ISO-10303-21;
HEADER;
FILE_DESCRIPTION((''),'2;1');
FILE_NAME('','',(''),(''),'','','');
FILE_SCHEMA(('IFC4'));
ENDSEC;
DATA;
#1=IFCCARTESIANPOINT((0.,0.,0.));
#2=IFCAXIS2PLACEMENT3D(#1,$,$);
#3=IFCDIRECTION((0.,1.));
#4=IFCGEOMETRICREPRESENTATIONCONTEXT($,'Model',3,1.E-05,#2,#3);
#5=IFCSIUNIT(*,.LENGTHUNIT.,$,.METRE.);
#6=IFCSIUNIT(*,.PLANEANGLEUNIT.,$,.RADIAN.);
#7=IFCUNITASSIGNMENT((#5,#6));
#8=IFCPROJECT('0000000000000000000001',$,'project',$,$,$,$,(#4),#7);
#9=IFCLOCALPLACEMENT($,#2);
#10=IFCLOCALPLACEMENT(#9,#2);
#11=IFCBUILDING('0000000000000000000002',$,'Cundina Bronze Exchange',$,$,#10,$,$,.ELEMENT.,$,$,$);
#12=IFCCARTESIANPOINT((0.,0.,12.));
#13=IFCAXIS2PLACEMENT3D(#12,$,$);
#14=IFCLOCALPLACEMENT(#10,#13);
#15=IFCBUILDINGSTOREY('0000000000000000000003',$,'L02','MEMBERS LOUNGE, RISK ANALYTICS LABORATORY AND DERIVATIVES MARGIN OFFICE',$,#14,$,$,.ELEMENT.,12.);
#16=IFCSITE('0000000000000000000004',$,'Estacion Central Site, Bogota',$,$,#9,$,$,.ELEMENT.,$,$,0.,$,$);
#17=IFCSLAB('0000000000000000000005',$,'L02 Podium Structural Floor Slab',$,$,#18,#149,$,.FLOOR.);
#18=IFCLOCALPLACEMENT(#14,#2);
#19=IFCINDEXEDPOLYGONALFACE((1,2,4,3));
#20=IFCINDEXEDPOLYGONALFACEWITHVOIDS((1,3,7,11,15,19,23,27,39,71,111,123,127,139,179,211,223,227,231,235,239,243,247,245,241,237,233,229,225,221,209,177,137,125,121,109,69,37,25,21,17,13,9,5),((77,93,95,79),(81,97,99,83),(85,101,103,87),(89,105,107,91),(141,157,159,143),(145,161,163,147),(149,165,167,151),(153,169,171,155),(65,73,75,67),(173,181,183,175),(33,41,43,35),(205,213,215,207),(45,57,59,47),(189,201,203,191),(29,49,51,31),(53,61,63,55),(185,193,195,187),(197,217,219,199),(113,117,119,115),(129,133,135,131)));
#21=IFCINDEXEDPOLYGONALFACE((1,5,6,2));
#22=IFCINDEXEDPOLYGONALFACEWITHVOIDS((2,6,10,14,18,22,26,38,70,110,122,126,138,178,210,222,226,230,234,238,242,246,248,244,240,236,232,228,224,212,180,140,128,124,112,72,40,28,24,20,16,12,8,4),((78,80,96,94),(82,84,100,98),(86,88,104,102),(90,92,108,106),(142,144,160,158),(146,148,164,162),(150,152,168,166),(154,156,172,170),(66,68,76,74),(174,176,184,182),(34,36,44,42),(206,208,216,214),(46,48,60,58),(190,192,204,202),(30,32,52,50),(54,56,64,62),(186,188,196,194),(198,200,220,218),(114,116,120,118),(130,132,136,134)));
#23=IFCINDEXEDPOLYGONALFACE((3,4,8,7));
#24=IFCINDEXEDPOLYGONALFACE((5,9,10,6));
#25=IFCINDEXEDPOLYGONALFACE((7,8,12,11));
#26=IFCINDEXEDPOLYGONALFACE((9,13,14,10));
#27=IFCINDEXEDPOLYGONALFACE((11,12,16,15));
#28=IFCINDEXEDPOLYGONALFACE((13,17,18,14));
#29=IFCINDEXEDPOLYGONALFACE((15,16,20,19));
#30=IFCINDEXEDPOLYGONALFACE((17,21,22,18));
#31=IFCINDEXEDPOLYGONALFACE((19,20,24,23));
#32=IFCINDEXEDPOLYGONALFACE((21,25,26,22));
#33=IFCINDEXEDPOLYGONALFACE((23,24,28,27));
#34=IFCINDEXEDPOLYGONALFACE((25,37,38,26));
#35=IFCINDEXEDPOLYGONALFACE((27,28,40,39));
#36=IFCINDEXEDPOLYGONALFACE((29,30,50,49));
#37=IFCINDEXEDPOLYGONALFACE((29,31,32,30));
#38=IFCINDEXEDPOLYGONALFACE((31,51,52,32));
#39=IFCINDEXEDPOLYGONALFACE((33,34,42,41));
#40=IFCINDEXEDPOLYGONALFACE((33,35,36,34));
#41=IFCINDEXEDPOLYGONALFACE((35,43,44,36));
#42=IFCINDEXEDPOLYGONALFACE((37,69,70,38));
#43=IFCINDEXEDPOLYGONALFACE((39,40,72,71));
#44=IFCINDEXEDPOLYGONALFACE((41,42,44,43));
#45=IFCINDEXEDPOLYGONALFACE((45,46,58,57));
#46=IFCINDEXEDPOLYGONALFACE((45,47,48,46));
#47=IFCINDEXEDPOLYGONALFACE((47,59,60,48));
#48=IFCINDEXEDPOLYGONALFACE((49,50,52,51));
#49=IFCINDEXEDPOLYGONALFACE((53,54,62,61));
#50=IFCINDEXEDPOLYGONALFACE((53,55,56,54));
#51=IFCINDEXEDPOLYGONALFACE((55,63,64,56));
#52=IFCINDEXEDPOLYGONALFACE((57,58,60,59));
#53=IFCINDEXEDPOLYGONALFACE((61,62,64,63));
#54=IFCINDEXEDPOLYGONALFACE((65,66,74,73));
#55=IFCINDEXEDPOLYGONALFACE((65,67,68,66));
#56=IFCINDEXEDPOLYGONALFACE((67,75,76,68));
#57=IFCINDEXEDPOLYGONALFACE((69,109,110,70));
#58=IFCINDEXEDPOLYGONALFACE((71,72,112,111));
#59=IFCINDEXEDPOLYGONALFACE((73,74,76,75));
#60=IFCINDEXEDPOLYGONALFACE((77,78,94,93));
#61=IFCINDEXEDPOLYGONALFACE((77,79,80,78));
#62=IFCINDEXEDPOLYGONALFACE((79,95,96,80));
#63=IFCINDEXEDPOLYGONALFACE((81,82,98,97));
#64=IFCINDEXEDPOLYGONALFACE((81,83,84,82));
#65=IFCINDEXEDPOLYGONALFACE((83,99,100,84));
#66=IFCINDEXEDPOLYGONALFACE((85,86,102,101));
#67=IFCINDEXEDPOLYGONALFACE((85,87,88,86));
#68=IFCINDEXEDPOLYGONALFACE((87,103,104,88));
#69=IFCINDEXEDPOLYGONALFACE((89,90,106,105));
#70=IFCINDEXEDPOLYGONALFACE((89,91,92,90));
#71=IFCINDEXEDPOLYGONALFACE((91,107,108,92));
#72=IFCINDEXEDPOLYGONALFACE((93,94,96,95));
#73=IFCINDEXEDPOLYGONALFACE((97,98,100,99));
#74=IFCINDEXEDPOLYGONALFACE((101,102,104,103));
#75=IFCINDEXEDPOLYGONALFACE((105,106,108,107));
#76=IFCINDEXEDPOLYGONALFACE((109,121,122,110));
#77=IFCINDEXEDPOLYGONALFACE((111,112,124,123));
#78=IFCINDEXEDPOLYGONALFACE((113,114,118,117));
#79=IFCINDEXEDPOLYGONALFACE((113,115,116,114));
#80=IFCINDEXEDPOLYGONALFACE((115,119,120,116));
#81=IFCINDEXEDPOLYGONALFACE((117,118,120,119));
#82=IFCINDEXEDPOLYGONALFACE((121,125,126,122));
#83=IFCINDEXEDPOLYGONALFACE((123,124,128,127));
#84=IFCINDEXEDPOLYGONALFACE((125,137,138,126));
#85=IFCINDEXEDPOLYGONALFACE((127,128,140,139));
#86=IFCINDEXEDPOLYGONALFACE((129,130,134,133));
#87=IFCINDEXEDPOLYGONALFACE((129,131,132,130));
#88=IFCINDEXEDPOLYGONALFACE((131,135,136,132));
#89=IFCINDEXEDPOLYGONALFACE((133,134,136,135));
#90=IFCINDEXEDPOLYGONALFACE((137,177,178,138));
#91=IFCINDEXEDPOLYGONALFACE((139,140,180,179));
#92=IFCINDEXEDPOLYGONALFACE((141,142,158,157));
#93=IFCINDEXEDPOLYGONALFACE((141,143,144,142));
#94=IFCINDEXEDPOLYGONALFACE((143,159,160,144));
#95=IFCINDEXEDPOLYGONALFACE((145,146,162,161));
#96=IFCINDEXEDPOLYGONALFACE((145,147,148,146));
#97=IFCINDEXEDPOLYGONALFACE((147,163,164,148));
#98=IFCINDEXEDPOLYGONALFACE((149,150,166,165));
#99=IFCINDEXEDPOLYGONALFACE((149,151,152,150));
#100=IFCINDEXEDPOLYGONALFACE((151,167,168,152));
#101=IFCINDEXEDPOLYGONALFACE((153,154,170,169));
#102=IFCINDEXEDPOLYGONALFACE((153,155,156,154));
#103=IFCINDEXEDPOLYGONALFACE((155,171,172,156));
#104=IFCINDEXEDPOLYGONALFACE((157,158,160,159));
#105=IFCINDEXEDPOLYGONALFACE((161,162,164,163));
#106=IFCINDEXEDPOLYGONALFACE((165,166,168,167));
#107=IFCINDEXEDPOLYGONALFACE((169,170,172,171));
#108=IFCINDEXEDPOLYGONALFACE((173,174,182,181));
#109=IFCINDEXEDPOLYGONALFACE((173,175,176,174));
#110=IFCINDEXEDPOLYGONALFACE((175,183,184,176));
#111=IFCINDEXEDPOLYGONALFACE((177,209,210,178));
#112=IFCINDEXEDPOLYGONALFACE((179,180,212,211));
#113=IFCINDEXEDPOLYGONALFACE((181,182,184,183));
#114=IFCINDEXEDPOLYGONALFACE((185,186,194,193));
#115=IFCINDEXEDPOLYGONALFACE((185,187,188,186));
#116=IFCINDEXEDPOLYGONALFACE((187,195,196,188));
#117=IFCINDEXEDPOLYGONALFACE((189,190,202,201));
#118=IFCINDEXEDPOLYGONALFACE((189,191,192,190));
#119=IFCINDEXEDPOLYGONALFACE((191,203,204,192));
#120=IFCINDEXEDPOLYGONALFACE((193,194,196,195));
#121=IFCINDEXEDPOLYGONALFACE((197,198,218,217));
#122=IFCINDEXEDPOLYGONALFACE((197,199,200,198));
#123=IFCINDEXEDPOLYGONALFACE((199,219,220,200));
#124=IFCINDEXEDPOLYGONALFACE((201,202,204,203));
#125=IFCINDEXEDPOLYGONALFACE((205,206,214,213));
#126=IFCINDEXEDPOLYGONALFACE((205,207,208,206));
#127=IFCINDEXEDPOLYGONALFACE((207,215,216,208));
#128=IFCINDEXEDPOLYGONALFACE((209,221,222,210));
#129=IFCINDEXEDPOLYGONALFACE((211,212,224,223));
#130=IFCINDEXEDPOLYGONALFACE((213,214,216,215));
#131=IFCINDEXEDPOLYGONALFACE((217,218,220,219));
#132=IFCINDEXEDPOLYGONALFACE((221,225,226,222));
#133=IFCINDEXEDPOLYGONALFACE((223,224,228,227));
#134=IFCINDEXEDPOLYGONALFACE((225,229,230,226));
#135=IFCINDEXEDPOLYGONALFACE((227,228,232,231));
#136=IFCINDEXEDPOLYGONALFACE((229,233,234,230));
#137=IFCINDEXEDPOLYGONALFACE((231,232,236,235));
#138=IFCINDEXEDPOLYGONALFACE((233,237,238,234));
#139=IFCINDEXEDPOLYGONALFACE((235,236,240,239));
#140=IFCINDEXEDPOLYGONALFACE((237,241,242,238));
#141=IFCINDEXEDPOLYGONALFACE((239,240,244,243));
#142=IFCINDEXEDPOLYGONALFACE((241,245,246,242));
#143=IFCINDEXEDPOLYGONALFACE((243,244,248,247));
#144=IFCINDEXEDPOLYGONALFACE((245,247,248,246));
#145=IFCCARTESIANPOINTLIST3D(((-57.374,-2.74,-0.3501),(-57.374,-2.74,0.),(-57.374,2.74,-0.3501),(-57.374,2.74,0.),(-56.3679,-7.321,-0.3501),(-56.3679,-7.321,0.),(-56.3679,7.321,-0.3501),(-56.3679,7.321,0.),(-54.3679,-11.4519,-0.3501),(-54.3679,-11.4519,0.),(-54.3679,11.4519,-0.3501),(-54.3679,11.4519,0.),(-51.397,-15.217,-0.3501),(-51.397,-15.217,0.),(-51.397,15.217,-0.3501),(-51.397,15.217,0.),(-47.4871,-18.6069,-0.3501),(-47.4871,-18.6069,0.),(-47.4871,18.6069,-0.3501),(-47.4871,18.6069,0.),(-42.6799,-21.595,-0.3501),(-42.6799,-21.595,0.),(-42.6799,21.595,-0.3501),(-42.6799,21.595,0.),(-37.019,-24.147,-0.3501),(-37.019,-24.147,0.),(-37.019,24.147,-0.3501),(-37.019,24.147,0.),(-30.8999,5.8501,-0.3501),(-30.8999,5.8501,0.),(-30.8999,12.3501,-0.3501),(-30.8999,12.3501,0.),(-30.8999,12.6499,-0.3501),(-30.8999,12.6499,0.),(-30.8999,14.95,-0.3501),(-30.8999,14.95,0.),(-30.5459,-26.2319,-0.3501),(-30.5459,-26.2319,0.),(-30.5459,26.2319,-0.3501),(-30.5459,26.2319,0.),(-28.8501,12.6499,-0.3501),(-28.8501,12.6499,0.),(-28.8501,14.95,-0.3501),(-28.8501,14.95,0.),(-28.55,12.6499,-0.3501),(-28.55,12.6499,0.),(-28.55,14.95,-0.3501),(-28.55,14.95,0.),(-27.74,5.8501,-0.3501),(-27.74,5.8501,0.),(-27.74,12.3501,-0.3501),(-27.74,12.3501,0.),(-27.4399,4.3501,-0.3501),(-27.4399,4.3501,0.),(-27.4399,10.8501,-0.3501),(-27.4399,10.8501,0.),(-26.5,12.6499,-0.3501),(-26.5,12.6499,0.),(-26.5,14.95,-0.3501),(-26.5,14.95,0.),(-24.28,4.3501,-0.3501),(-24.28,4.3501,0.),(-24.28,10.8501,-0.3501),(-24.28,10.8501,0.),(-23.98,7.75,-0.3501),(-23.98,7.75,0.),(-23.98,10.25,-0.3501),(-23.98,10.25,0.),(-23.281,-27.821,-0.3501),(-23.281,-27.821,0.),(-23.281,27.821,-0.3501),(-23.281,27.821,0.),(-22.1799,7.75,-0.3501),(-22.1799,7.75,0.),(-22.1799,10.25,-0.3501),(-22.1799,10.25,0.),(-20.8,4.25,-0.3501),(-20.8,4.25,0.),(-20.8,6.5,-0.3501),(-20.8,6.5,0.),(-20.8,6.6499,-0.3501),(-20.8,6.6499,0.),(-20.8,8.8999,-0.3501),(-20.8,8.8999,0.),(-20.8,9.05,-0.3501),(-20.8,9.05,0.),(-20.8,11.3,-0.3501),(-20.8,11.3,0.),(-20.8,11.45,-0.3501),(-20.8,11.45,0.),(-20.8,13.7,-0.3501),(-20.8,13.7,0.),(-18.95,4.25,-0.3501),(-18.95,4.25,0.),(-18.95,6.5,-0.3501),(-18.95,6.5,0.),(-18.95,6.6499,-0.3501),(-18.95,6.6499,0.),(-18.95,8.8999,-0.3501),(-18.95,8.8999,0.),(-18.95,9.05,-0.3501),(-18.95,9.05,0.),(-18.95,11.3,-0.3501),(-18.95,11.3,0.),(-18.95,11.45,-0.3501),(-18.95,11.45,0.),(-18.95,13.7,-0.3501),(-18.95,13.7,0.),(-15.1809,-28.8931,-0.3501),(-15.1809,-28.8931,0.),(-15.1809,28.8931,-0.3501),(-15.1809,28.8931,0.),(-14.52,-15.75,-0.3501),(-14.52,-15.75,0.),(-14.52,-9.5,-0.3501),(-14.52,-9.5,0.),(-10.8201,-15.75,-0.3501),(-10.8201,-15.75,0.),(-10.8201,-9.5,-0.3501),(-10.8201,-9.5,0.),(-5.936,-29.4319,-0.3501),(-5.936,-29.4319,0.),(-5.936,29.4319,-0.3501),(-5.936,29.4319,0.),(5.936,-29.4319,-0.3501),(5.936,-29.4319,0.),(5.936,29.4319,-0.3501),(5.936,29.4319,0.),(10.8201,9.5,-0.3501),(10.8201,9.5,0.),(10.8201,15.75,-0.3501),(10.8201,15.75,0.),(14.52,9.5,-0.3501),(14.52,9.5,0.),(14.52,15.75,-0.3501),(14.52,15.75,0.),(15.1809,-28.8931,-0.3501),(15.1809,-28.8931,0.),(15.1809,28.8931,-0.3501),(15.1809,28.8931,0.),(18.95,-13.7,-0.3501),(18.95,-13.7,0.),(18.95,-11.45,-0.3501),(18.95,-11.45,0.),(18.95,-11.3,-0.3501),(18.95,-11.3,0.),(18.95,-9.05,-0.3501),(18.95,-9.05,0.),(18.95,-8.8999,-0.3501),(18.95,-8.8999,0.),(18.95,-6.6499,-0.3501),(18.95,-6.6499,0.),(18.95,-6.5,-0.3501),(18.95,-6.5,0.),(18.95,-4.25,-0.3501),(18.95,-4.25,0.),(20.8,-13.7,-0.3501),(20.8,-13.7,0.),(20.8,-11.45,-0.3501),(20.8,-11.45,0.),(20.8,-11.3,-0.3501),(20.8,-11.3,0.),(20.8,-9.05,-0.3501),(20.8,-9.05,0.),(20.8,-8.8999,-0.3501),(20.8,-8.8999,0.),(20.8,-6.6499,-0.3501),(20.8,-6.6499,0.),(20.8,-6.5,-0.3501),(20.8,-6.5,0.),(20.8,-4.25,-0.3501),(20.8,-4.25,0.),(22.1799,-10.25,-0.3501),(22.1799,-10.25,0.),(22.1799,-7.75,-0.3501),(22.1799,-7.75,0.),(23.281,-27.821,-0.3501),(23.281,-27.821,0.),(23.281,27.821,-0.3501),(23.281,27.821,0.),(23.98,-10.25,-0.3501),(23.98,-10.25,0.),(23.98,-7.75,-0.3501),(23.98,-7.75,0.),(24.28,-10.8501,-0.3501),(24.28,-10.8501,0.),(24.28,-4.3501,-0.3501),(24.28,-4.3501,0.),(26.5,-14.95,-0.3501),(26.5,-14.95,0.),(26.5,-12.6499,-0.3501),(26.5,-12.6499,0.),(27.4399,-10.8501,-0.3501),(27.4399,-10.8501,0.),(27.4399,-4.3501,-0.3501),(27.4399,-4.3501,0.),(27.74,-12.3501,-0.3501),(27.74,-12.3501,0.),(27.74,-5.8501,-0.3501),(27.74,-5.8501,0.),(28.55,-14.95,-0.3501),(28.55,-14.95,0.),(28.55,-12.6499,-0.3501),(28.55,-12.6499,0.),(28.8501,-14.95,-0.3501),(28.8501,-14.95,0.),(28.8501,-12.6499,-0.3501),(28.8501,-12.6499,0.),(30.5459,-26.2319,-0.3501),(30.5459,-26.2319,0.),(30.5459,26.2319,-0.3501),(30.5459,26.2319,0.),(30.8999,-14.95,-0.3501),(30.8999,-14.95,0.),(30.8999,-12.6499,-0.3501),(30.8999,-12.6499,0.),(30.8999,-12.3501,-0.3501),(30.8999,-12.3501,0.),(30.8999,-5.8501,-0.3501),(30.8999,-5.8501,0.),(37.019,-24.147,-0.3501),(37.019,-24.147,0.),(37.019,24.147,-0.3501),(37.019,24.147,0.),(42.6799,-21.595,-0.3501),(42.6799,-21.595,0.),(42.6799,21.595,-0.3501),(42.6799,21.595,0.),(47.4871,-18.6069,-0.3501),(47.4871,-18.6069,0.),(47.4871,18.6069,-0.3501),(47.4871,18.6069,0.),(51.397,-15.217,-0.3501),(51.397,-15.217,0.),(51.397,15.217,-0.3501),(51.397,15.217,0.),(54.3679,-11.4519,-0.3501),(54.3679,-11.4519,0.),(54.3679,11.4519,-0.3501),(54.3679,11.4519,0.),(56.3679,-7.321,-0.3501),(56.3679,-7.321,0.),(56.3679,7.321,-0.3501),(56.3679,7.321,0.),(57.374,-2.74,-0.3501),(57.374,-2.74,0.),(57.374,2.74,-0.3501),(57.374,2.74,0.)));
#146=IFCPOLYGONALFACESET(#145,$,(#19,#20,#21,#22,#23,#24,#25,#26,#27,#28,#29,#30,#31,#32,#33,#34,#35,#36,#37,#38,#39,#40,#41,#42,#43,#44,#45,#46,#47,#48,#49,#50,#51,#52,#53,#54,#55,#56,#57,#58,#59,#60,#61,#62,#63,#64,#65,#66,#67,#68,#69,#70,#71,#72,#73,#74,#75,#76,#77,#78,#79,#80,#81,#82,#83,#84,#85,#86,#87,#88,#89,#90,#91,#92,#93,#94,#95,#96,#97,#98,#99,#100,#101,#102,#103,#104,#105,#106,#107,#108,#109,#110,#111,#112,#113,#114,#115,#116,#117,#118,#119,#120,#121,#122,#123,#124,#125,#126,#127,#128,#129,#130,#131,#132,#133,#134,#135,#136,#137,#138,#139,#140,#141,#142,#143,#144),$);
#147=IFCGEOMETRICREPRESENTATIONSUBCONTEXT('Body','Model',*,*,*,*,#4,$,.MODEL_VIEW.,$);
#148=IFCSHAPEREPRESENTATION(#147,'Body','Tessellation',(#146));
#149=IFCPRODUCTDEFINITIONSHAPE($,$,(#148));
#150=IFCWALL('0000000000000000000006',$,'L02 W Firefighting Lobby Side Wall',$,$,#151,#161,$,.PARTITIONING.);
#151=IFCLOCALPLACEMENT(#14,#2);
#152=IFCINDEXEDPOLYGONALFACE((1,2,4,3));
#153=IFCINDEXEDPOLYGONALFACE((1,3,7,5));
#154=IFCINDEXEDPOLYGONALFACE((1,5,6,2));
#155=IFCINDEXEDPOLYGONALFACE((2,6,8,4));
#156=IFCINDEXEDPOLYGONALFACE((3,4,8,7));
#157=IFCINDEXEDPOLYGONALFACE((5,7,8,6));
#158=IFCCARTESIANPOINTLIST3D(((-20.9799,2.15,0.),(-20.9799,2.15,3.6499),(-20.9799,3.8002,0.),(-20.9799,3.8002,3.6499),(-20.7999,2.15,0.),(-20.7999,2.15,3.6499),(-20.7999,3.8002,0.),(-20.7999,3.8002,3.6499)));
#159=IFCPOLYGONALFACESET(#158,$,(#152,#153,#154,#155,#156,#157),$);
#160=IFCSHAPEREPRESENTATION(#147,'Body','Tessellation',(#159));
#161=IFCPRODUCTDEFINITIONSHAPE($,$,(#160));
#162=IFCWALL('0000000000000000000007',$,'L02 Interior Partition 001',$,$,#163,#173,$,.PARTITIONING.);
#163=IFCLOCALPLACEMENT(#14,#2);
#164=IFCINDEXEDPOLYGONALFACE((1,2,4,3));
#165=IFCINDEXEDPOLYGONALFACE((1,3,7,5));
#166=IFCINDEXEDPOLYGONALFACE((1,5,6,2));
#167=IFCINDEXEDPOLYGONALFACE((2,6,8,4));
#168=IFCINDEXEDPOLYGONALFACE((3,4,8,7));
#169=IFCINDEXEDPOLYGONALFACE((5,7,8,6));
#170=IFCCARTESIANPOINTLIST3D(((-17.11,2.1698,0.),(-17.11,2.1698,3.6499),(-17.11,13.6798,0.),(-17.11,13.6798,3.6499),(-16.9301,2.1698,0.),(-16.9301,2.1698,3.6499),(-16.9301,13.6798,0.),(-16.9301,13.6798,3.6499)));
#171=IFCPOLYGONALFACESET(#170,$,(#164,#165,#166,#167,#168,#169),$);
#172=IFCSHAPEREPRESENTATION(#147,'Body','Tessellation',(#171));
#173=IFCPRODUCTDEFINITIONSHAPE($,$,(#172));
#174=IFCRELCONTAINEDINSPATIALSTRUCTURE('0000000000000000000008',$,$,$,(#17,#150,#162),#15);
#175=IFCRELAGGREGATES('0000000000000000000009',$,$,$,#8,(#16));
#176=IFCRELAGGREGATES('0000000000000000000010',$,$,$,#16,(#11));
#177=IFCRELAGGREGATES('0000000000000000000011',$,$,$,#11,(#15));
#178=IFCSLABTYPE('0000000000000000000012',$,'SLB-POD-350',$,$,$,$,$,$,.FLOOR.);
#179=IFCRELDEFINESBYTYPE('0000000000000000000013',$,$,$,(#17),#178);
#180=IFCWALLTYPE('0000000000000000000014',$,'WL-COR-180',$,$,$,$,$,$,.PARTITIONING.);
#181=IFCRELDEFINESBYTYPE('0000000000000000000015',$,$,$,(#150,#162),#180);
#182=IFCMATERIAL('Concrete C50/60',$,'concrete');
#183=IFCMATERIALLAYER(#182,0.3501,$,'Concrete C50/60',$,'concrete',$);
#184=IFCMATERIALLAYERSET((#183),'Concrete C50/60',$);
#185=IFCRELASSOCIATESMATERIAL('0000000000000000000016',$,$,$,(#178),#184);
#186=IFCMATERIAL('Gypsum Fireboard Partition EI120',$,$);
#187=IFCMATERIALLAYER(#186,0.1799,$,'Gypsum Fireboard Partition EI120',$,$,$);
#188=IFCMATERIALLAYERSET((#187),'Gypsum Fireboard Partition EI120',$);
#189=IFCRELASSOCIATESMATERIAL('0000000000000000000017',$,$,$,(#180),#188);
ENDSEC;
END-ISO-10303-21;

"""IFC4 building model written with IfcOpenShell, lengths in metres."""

from ifc_helpers import new_model, si_unit, direction, frame, frame_2d, origin, place, context, subcontext, project, spatial, polyline, rectangle, outline, extrude, material, layer, layer_set, type_object, element, save


model = new_model("IFC4")

# Units and contexts
model_context = context("Model", 3, precision=1e-05, world=origin(), true_north=direction((0.0, 1.0)))
body_context = subcontext(model_context, "Body", "Model", "MODEL_VIEW")
ifc_project = project(units=[si_unit("LENGTHUNIT", "METRE"), si_unit("PLANEANGLEUNIT", "RADIAN")], contexts=[model_context])

# Site, building, storey
site_placement = place(None, origin())
site = spatial("IfcSite", under=ifc_project, at=site_placement, Name="Estacion Central Site, Bogota", CompositionType="ELEMENT", RefElevation=0.0)
building_placement = place(site_placement, origin())
building = spatial("IfcBuilding", under=site, at=building_placement, Name="Cundina Bronze Exchange", CompositionType="ELEMENT")
storey_placement = place(building_placement, frame((0.0, 0.0, 12.0)))
storey = spatial("IfcBuildingStorey", under=building, at=storey_placement, Name="L02", Description="MEMBERS LOUNGE, RISK ANALYTICS LABORATORY AND DERIVATIVES MARGIN OFFICE", CompositionType="ELEMENT", Elevation=12.0)

# Slab
ifc_material_1 = material(Name="Concrete C50/60", Category="concrete")
ifc_layer_1 = layer(ifc_material_1, 0.3501, Name="Concrete C50/60", Category="concrete")
ifc_layer_set_1 = layer_set([ifc_layer_1], Name="Concrete C50/60")
slab_type = type_object("IfcSlabType", Name="SLB-POD-350", PredefinedType="FLOOR", material=ifc_layer_set_1)
slab_placement = place(storey_placement, frame((0.0, 0.0, -0.3501)))
element("IfcSlab", 1, at=slab_placement, inside=storey, type_object=slab_type, Name="L02 Podium Structural Floor Slab", PredefinedType="FLOOR", context=body_context, shape_type="SweptSolid", body=[
    extrude(outline(polyline([(57.374, 2.74), (56.3679, 7.321), (54.3679, 11.4519), (51.397, 15.217), (47.4871, 18.6069), (42.6799, 21.595), (37.019, 24.147), (30.5459, 26.2319), (23.281, 27.821), (15.1809, 28.8931), (5.936, 29.4319), (-5.936, 29.4319), (-15.1809, 28.8931), (-23.281, 27.821), (-30.5459, 26.2319), (-37.019, 24.147), (-42.6799, 21.595), (-47.4871, 18.6069), (-51.397, 15.217), (-54.3679, 11.4519), (-56.3679, 7.321), (-57.374, 2.74), (-57.374, -2.74), (-56.3679, -7.321), (-54.3679, -11.4519), (-51.397, -15.217), (-47.4871, -18.6069), (-42.6799, -21.595), (-37.019, -24.147), (-30.5459, -26.2319), (-23.281, -27.821), (-15.1809, -28.8931), (-5.936, -29.4319), (5.936, -29.4319), (15.1809, -28.8931), (23.281, -27.821), (30.5459, -26.2319), (37.019, -24.147), (42.6799, -21.595), (47.4871, -18.6069), (51.397, -15.217), (54.3679, -11.4519), (56.3679, -7.321), (57.374, -2.74), (57.374, 2.74)]), holes=[polyline([(-27.74, 5.8501), (-27.74, 12.3501), (-30.8999, 12.3501), (-30.8999, 5.8501), (-27.74, 5.8501)]), polyline([(-27.4399, 10.8501), (-27.4399, 4.3501), (-24.28, 4.3501), (-24.28, 10.8501), (-27.4399, 10.8501)]), polyline([(27.74, -5.8501), (27.74, -12.3501), (30.8999, -12.3501), (30.8999, -5.8501), (27.74, -5.8501)]), polyline([(27.4399, -10.8501), (27.4399, -4.3501), (24.28, -4.3501), (24.28, -10.8501), (27.4399, -10.8501)]), polyline([(-10.8201, -15.75), (-10.8201, -9.5), (-14.52, -9.5), (-14.52, -15.75), (-10.8201, -15.75)]), polyline([(10.8201, 15.75), (10.8201, 9.5), (14.52, 9.5), (14.52, 15.75), (10.8201, 15.75)]), polyline([(-23.98, 10.25), (-22.1799, 10.25), (-22.1799, 7.75), (-23.98, 7.75), (-23.98, 10.25)]), polyline([(-30.8999, 14.95), (-28.8501, 14.95), (-28.8501, 12.6499), (-30.8999, 12.6499), (-30.8999, 14.95)]), polyline([(-28.55, 14.95), (-26.5, 14.95), (-26.5, 12.6499), (-28.55, 12.6499), (-28.55, 14.95)]), polyline([(-20.8, 13.7), (-18.95, 13.7), (-18.95, 11.45), (-20.8, 11.45), (-20.8, 13.7)]), polyline([(-20.8, 11.3), (-18.95, 11.3), (-18.95, 9.05), (-20.8, 9.05), (-20.8, 11.3)]), polyline([(-20.8, 8.8999), (-18.95, 8.8999), (-18.95, 6.6499), (-20.8, 6.6499), (-20.8, 8.8999)]), polyline([(-20.8, 6.5), (-18.95, 6.5), (-18.95, 4.25), (-20.8, 4.25), (-20.8, 6.5)]), polyline([(22.1799, -7.75), (23.98, -7.75), (23.98, -10.25), (22.1799, -10.25), (22.1799, -7.75)]), polyline([(28.8501, -12.6499), (30.8999, -12.6499), (30.8999, -14.95), (28.8501, -14.95), (28.8501, -12.6499)]), polyline([(26.5, -12.6499), (28.55, -12.6499), (28.55, -14.95), (26.5, -14.95), (26.5, -12.6499)]), polyline([(18.95, -11.45), (20.8, -11.45), (20.8, -13.7), (18.95, -13.7), (18.95, -11.45)]), polyline([(18.95, -9.05), (20.8, -9.05), (20.8, -11.3), (18.95, -11.3), (18.95, -9.05)]), polyline([(18.95, -6.6499), (20.8, -6.6499), (20.8, -8.8999), (18.95, -8.8999), (18.95, -6.6499)]), polyline([(18.95, -4.25), (20.8, -4.25), (20.8, -6.5), (18.95, -6.5), (18.95, -4.25)])]), origin(), (0.0, 0.0, 1.0), 0.3501),
])

# Wall
ifc_material_2 = material(Name="Gypsum Fireboard Partition EI120")
ifc_layer_2 = layer(ifc_material_2, 0.1799, Name="Gypsum Fireboard Partition EI120")
ifc_layer_set_2 = layer_set([ifc_layer_2], Name="Gypsum Fireboard Partition EI120")
wall_type_1 = type_object("IfcWallType", Name="WL-COR-180", PredefinedType="PARTITIONING", material=ifc_layer_set_2)
wall_1_placement = place(storey_placement, frame((-20.8899, 2.1499, 0.0), z_axis=(0.0, 0.0, 1.0), x_axis=(0.0, 1.0, 0.0)))
element("IfcWall", 2, at=wall_1_placement, inside=storey, type_object=wall_type_1, Name="L02 W Firefighting Lobby Side Wall", PredefinedType="PARTITIONING", context=body_context, shape_type="SweptSolid", body=[
    extrude(rectangle(XDim=1.6501, YDim=0.1799, at=frame_2d((0.8252, 0.0))), origin(), (0.0, 0.0, 1.0), 3.6499),
])

# Wall
wall_2_placement = place(storey_placement, frame((-17.02, 2.1699, 0.0), z_axis=(0.0, 0.0, 1.0), x_axis=(0.0, 1.0, 0.0)))
element("IfcWall", 3, at=wall_2_placement, inside=storey, type_object=wall_type_1, Name="L02 Interior Partition 001", PredefinedType="PARTITIONING", context=body_context, shape_type="SweptSolid", body=[
    extrude(rectangle(XDim=11.51, YDim=0.1799, at=frame_2d((5.7549, 0.0))), origin(), (0.0, 0.0, 1.0), 3.6499),
])

save(model, "model.ifc")
